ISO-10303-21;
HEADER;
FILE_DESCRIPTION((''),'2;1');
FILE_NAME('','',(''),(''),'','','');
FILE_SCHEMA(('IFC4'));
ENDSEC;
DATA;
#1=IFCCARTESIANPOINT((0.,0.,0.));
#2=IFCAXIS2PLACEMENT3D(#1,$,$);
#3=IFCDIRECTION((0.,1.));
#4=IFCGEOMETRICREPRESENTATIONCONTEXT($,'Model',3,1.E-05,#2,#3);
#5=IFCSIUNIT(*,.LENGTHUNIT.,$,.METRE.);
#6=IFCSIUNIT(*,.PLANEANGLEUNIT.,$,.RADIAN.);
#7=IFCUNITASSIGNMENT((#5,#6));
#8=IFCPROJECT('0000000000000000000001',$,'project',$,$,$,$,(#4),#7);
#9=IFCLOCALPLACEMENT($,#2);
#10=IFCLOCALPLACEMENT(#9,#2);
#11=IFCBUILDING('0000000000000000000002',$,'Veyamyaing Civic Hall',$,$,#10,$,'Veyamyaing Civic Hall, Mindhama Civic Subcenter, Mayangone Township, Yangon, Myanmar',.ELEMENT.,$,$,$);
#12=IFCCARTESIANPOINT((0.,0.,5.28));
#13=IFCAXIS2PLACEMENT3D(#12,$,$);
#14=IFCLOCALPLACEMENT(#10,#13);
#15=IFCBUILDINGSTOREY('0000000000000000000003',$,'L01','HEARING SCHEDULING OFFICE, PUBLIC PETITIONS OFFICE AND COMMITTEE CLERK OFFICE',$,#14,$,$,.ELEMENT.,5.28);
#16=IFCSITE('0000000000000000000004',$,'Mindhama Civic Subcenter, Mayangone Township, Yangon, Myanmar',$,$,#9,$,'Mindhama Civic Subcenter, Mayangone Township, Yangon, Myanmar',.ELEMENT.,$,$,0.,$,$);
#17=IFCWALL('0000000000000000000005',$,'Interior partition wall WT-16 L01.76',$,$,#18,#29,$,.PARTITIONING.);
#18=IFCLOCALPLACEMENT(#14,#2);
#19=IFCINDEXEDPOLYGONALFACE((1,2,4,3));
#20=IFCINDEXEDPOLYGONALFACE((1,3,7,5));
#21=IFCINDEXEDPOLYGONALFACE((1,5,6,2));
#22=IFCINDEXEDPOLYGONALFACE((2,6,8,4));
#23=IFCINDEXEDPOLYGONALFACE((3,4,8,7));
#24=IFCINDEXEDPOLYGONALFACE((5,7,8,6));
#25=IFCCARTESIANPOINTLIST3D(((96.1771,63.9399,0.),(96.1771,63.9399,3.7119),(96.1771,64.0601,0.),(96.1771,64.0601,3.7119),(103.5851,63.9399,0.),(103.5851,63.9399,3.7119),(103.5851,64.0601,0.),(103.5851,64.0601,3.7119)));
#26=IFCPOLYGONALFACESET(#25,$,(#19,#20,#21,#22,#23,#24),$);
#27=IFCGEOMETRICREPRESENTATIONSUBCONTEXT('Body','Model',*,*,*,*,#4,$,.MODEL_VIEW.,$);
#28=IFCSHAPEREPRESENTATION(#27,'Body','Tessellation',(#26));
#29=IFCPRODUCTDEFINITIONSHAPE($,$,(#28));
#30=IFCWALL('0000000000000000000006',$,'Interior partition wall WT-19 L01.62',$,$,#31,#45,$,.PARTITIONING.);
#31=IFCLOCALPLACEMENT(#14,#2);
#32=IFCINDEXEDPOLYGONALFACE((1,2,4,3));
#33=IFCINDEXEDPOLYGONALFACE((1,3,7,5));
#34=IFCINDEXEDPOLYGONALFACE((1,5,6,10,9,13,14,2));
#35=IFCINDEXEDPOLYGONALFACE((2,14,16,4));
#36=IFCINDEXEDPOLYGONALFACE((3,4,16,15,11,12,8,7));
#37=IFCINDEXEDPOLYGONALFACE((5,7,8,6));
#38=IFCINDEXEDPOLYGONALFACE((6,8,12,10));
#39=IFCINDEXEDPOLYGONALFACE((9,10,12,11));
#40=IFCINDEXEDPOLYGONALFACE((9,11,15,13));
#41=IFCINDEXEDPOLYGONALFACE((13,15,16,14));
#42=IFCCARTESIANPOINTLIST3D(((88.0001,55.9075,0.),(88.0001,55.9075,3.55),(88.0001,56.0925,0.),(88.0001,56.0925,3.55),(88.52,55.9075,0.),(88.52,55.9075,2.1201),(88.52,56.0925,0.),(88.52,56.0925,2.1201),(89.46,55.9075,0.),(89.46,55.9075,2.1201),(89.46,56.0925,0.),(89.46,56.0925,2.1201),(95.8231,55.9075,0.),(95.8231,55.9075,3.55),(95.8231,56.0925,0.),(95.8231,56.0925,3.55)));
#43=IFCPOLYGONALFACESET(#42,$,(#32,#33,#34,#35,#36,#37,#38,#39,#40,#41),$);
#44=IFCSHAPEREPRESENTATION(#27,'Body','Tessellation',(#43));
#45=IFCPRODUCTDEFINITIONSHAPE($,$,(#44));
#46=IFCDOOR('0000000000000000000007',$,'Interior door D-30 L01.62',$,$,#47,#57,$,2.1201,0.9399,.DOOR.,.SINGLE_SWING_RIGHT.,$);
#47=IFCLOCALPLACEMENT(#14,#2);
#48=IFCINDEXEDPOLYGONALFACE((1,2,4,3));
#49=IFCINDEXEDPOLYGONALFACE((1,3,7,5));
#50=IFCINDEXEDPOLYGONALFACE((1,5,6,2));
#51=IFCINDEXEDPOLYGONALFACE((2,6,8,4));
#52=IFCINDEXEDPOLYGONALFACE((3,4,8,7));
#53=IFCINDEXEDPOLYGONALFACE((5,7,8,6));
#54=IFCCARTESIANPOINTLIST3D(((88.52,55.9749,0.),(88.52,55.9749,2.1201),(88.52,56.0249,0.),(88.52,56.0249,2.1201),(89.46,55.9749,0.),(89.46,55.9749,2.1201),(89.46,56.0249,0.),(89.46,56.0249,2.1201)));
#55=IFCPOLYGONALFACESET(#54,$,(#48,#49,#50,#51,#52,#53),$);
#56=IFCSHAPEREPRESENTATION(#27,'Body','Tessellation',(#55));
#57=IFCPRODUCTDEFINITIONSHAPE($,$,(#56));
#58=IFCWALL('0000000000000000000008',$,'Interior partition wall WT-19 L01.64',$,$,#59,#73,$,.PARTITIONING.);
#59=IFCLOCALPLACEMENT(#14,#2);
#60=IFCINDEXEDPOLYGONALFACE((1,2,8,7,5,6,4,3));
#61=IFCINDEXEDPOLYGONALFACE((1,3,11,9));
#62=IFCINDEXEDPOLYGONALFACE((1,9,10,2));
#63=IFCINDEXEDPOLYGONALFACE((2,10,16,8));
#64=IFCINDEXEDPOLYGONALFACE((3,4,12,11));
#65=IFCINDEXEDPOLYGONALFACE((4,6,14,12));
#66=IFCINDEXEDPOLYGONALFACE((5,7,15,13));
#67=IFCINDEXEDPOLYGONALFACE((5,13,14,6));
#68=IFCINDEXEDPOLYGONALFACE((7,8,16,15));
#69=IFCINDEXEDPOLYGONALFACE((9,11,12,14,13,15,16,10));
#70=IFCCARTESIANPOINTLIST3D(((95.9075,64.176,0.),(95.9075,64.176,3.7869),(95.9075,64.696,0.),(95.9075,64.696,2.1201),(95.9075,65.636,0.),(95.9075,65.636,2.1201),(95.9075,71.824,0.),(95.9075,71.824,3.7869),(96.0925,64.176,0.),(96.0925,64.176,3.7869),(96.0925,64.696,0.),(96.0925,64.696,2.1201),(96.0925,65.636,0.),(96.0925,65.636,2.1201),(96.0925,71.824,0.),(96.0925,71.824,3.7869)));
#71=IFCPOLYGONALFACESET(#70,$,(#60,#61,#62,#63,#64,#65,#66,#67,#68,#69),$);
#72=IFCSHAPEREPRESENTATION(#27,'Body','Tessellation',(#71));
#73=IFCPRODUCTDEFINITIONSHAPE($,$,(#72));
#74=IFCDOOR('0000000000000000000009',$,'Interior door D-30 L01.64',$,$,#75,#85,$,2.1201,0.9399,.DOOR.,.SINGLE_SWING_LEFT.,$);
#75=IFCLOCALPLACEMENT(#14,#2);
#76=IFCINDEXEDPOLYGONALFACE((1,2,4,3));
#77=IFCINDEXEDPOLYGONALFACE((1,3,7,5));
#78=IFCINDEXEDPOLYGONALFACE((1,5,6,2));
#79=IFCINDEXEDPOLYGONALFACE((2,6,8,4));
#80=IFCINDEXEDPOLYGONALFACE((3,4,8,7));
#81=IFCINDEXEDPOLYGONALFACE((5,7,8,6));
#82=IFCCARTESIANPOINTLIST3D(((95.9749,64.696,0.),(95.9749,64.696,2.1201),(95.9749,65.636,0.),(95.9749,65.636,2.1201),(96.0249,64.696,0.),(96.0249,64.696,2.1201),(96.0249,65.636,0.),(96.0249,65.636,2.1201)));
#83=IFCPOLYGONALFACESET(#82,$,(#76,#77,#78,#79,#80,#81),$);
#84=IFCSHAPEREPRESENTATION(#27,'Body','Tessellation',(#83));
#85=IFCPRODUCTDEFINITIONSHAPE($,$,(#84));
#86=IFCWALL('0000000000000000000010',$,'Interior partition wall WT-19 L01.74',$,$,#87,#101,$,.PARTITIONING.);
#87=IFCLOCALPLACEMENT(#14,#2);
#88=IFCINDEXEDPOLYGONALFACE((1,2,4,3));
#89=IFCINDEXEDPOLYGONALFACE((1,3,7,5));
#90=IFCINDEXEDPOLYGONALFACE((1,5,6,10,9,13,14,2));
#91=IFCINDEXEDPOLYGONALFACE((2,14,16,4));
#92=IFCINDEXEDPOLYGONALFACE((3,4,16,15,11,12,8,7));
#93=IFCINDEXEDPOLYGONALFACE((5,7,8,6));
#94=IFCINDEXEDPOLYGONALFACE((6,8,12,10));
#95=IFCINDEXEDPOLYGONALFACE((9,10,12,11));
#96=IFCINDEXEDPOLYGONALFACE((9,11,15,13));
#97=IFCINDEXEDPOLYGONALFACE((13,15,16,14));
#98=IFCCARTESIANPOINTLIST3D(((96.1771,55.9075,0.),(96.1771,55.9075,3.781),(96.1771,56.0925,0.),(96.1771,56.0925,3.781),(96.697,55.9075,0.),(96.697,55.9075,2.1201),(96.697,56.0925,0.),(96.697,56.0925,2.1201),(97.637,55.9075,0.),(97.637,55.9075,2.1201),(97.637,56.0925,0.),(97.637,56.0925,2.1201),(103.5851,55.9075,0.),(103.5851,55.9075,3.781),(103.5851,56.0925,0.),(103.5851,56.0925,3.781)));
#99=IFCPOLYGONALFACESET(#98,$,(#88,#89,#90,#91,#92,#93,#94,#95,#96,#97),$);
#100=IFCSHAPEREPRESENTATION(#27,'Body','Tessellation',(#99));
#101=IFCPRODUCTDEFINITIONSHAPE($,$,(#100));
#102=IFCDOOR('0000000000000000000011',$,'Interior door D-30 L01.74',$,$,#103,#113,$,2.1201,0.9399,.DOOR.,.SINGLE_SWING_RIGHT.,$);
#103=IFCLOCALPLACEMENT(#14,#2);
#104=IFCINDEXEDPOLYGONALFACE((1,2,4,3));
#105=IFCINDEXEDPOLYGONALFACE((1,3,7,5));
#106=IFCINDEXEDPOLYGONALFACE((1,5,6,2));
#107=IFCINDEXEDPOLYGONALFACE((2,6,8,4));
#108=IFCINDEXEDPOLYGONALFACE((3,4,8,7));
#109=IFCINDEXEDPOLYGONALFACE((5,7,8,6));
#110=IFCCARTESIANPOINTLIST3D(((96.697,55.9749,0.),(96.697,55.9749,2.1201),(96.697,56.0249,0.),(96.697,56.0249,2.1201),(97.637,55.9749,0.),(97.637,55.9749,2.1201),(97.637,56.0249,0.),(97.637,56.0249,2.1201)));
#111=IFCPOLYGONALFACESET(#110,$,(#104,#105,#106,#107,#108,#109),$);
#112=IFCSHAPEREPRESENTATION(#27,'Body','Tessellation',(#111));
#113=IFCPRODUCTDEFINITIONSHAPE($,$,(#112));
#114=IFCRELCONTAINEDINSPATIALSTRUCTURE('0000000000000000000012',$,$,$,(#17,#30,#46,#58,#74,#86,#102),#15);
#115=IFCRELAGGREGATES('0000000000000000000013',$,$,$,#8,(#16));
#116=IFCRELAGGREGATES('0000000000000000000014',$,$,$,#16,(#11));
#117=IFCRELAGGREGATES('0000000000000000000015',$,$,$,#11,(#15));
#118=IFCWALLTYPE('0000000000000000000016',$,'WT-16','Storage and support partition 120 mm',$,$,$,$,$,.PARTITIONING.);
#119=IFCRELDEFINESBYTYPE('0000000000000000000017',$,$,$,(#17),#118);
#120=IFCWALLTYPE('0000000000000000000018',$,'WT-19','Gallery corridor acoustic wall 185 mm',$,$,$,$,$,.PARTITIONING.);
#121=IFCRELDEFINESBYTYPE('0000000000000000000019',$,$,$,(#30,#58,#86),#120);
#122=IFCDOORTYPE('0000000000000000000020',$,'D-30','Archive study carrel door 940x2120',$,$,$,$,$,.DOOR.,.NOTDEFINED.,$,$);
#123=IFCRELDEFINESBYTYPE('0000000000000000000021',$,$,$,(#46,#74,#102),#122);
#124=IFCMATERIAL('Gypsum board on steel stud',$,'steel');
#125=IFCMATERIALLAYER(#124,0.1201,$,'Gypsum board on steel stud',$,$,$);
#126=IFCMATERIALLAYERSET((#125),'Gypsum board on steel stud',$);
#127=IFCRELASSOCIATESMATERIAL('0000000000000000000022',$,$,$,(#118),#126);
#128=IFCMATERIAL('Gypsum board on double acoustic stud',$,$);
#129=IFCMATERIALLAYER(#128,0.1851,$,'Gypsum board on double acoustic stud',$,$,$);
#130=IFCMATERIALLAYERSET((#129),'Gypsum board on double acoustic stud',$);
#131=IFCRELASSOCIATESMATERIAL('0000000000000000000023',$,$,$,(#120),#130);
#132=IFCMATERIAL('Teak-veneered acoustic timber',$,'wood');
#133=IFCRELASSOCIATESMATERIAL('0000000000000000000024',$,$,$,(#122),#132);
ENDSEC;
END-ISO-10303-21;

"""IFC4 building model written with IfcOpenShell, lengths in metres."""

from ifc_helpers import new_model, si_unit, direction, frame, frame_2d, origin, place, context, subcontext, project, spatial, rectangle, extrude, material, layer, layer_set, type_object, element, fill, save


model = new_model("IFC4")

# Units and contexts
model_context = context("Model", 3, precision=1e-05, world=origin(), true_north=direction((0.0, 1.0)))
body_context = subcontext(model_context, "Body", "Model", "MODEL_VIEW")
ifc_project = project(units=[si_unit("LENGTHUNIT", "METRE"), si_unit("PLANEANGLEUNIT", "RADIAN")], contexts=[model_context])

# Site, building, storey
site_placement = place(None, origin())
site = spatial("IfcSite", under=ifc_project, at=site_placement, Name="Mindhama Civic Subcenter, Mayangone Township, Yangon, Myanmar", LongName="Mindhama Civic Subcenter, Mayangone Township, Yangon, Myanmar", CompositionType="ELEMENT", RefElevation=0.0)
building_placement = place(site_placement, origin())
building = spatial("IfcBuilding", under=site, at=building_placement, Name="Veyamyaing Civic Hall", LongName="Veyamyaing Civic Hall, Mindhama Civic Subcenter, Mayangone Township, Yangon, Myanmar", CompositionType="ELEMENT")
storey_placement = place(building_placement, frame((0.0, 0.0, 5.28)))
storey = spatial("IfcBuildingStorey", under=building, at=storey_placement, Name="L01", Description="HEARING SCHEDULING OFFICE, PUBLIC PETITIONS OFFICE AND COMMITTEE CLERK OFFICE", CompositionType="ELEMENT", Elevation=5.28)

# Shared definitions
ifc_material_1 = material(Name="Teak-veneered acoustic timber", Category="wood")

# Wall
ifc_material_2 = material(Name="Gypsum board on steel stud", Category="steel")
ifc_layer_1 = layer(ifc_material_2, 0.1201, Name="Gypsum board on steel stud")
ifc_layer_set_1 = layer_set([ifc_layer_1], Name="Gypsum board on steel stud")
wall_type_1 = type_object("IfcWallType", Name="WT-16", Description="Storage and support partition 120 mm", PredefinedType="PARTITIONING", material=ifc_layer_set_1)
wall_1_placement = place(storey_placement, frame((96.177, 64.0, 0.0), z_axis=(0.0, 0.0, 1.0), x_axis=(1.0, 0.0, 0.0)))
element("IfcWall", 1, at=wall_1_placement, inside=storey, type_object=wall_type_1, Name="Interior partition wall WT-16 L01.76", PredefinedType="PARTITIONING", context=body_context, shape_type="SweptSolid", body=[
    extrude(rectangle(XDim=7.408, YDim=0.1201, at=frame_2d((3.7041, 0.0))), origin(), (0.0, 0.0, 1.0), 3.7119),
])

# Walls, openings, doors
ifc_material_3 = material(Name="Gypsum board on double acoustic stud")
ifc_layer_2 = layer(ifc_material_3, 0.1851, Name="Gypsum board on double acoustic stud")
ifc_layer_set_2 = layer_set([ifc_layer_2], Name="Gypsum board on double acoustic stud")
wall_type_2 = type_object("IfcWallType", Name="WT-19", Description="Gallery corridor acoustic wall 185 mm", PredefinedType="PARTITIONING", material=ifc_layer_set_2)
wall_2_placement = place(storey_placement, frame((88.0, 56.0, 0.0), z_axis=(0.0, 0.0, 1.0), x_axis=(1.0, 0.0, 0.0)))
wall_2 = element("IfcWall", 2, at=wall_2_placement, inside=storey, type_object=wall_type_2, Name="Interior partition wall WT-19 L01.62", PredefinedType="PARTITIONING", context=body_context, shape_type="SweptSolid", body=[
    extrude(rectangle(XDim=7.823, YDim=0.1851, at=frame_2d((3.9116, 0.0))), origin(), (0.0, 0.0, 1.0), 3.55),
])
opening_1_placement = place(wall_2_placement, frame((0.52, 0.0, 0.0)))
opening_1 = element("IfcOpeningElement", 3, at=opening_1_placement, cuts=wall_2, PredefinedType="OPENING", context=body_context, shape_type="SweptSolid", body=[
    extrude(rectangle(XDim=0.9399, YDim=2.1201, at=frame_2d((0.47, 1.0601))), frame((0.0, 0.1025, 0.0), z_axis=(0.0, -1.0, 0.0), x_axis=(1.0, 0.0, 0.0)), (0.0, 0.0, 1.0), 0.2051),
])
door_type_1 = type_object("IfcDoorType", Name="D-30", Description="Archive study carrel door 940x2120", OperationType="NOTDEFINED", PredefinedType="DOOR", material=ifc_material_1)
door_1_placement = place(opening_1_placement, origin())
door_1 = element("IfcDoor", 4, at=door_1_placement, inside=storey, type_object=door_type_1, Name="Interior door D-30 L01.62", OperationType="SINGLE_SWING_RIGHT", OverallHeight=2.1201, OverallWidth=0.9399, PredefinedType="DOOR", context=body_context, shape_type="SweptSolid", body=[
    extrude(rectangle(XDim=0.9399, YDim=2.1201, at=frame_2d((0.47, 1.0601))), frame((0.0, 0.0249, 0.0), z_axis=(0.0, -1.0, 0.0), x_axis=(1.0, 0.0, 0.0)), (0.0, 0.0, 1.0), 0.05),
])
fill(opening_1, door_1)
wall_3_placement = place(storey_placement, frame((96.0, 64.176, 0.0), z_axis=(0.0, 0.0, 1.0), x_axis=(0.0, 1.0, 0.0)))
wall_3 = element("IfcWall", 5, at=wall_3_placement, inside=storey, type_object=wall_type_2, Name="Interior partition wall WT-19 L01.64", PredefinedType="PARTITIONING", context=body_context, shape_type="SweptSolid", body=[
    extrude(rectangle(XDim=7.6479, YDim=0.1851, at=frame_2d((3.824, 0.0))), origin(), (0.0, 0.0, 1.0), 3.7869),
])
opening_2_placement = place(wall_3_placement, frame((0.52, 0.0, 0.0)))
opening_2 = element("IfcOpeningElement", 6, at=opening_2_placement, cuts=wall_3, PredefinedType="OPENING", context=body_context, shape_type="SweptSolid", body=[
    extrude(rectangle(XDim=0.9399, YDim=2.1201, at=frame_2d((0.47, 1.0601))), frame((0.0, 0.1025, 0.0), z_axis=(0.0, -1.0, 0.0), x_axis=(1.0, 0.0, 0.0)), (0.0, 0.0, 1.0), 0.2051),
])
door_2_placement = place(opening_2_placement, frame((0.9399, 0.0, 0.0), z_axis=(0.0, 0.0, 1.0), x_axis=(-1.0, 0.0, 0.0)))
door_2 = element("IfcDoor", 7, at=door_2_placement, inside=storey, type_object=door_type_1, Name="Interior door D-30 L01.64", OperationType="SINGLE_SWING_LEFT", OverallHeight=2.1201, OverallWidth=0.9399, PredefinedType="DOOR", context=body_context, shape_type="SweptSolid", body=[
    extrude(rectangle(XDim=0.9399, YDim=2.1201, at=frame_2d((0.47, 1.0601))), frame((0.0, 0.0249, 0.0), z_axis=(0.0, -1.0, 0.0), x_axis=(1.0, 0.0, 0.0)), (0.0, 0.0, 1.0), 0.05),
])
fill(opening_2, door_2)
wall_4_placement = place(storey_placement, frame((96.177, 56.0, 0.0), z_axis=(0.0, 0.0, 1.0), x_axis=(1.0, 0.0, 0.0)))
wall_4 = element("IfcWall", 8, at=wall_4_placement, inside=storey, type_object=wall_type_2, Name="Interior partition wall WT-19 L01.74", PredefinedType="PARTITIONING", context=body_context, shape_type="SweptSolid", body=[
    extrude(rectangle(XDim=7.408, YDim=0.1851, at=frame_2d((3.7041, 0.0))), origin(), (0.0, 0.0, 1.0), 3.781),
])
opening_3_placement = place(wall_4_placement, frame((0.52, 0.0, 0.0)))
opening_3 = element("IfcOpeningElement", 9, at=opening_3_placement, cuts=wall_4, PredefinedType="OPENING", context=body_context, shape_type="SweptSolid", body=[
    extrude(rectangle(XDim=0.9399, YDim=2.1201, at=frame_2d((0.47, 1.0601))), frame((0.0, 0.1025, 0.0), z_axis=(0.0, -1.0, 0.0), x_axis=(1.0, 0.0, 0.0)), (0.0, 0.0, 1.0), 0.2051),
])
door_3_placement = place(opening_3_placement, origin())
door_3 = element("IfcDoor", 10, at=door_3_placement, inside=storey, type_object=door_type_1, Name="Interior door D-30 L01.74", OperationType="SINGLE_SWING_RIGHT", OverallHeight=2.1201, OverallWidth=0.9399, PredefinedType="DOOR", context=body_context, shape_type="SweptSolid", body=[
    extrude(rectangle(XDim=0.9399, YDim=2.1201, at=frame_2d((0.47, 1.0601))), frame((0.0, 0.0249, 0.0), z_axis=(0.0, -1.0, 0.0), x_axis=(1.0, 0.0, 0.0)), (0.0, 0.0, 1.0), 0.05),
])
fill(opening_3, door_3)

save(model, "model.ifc")
